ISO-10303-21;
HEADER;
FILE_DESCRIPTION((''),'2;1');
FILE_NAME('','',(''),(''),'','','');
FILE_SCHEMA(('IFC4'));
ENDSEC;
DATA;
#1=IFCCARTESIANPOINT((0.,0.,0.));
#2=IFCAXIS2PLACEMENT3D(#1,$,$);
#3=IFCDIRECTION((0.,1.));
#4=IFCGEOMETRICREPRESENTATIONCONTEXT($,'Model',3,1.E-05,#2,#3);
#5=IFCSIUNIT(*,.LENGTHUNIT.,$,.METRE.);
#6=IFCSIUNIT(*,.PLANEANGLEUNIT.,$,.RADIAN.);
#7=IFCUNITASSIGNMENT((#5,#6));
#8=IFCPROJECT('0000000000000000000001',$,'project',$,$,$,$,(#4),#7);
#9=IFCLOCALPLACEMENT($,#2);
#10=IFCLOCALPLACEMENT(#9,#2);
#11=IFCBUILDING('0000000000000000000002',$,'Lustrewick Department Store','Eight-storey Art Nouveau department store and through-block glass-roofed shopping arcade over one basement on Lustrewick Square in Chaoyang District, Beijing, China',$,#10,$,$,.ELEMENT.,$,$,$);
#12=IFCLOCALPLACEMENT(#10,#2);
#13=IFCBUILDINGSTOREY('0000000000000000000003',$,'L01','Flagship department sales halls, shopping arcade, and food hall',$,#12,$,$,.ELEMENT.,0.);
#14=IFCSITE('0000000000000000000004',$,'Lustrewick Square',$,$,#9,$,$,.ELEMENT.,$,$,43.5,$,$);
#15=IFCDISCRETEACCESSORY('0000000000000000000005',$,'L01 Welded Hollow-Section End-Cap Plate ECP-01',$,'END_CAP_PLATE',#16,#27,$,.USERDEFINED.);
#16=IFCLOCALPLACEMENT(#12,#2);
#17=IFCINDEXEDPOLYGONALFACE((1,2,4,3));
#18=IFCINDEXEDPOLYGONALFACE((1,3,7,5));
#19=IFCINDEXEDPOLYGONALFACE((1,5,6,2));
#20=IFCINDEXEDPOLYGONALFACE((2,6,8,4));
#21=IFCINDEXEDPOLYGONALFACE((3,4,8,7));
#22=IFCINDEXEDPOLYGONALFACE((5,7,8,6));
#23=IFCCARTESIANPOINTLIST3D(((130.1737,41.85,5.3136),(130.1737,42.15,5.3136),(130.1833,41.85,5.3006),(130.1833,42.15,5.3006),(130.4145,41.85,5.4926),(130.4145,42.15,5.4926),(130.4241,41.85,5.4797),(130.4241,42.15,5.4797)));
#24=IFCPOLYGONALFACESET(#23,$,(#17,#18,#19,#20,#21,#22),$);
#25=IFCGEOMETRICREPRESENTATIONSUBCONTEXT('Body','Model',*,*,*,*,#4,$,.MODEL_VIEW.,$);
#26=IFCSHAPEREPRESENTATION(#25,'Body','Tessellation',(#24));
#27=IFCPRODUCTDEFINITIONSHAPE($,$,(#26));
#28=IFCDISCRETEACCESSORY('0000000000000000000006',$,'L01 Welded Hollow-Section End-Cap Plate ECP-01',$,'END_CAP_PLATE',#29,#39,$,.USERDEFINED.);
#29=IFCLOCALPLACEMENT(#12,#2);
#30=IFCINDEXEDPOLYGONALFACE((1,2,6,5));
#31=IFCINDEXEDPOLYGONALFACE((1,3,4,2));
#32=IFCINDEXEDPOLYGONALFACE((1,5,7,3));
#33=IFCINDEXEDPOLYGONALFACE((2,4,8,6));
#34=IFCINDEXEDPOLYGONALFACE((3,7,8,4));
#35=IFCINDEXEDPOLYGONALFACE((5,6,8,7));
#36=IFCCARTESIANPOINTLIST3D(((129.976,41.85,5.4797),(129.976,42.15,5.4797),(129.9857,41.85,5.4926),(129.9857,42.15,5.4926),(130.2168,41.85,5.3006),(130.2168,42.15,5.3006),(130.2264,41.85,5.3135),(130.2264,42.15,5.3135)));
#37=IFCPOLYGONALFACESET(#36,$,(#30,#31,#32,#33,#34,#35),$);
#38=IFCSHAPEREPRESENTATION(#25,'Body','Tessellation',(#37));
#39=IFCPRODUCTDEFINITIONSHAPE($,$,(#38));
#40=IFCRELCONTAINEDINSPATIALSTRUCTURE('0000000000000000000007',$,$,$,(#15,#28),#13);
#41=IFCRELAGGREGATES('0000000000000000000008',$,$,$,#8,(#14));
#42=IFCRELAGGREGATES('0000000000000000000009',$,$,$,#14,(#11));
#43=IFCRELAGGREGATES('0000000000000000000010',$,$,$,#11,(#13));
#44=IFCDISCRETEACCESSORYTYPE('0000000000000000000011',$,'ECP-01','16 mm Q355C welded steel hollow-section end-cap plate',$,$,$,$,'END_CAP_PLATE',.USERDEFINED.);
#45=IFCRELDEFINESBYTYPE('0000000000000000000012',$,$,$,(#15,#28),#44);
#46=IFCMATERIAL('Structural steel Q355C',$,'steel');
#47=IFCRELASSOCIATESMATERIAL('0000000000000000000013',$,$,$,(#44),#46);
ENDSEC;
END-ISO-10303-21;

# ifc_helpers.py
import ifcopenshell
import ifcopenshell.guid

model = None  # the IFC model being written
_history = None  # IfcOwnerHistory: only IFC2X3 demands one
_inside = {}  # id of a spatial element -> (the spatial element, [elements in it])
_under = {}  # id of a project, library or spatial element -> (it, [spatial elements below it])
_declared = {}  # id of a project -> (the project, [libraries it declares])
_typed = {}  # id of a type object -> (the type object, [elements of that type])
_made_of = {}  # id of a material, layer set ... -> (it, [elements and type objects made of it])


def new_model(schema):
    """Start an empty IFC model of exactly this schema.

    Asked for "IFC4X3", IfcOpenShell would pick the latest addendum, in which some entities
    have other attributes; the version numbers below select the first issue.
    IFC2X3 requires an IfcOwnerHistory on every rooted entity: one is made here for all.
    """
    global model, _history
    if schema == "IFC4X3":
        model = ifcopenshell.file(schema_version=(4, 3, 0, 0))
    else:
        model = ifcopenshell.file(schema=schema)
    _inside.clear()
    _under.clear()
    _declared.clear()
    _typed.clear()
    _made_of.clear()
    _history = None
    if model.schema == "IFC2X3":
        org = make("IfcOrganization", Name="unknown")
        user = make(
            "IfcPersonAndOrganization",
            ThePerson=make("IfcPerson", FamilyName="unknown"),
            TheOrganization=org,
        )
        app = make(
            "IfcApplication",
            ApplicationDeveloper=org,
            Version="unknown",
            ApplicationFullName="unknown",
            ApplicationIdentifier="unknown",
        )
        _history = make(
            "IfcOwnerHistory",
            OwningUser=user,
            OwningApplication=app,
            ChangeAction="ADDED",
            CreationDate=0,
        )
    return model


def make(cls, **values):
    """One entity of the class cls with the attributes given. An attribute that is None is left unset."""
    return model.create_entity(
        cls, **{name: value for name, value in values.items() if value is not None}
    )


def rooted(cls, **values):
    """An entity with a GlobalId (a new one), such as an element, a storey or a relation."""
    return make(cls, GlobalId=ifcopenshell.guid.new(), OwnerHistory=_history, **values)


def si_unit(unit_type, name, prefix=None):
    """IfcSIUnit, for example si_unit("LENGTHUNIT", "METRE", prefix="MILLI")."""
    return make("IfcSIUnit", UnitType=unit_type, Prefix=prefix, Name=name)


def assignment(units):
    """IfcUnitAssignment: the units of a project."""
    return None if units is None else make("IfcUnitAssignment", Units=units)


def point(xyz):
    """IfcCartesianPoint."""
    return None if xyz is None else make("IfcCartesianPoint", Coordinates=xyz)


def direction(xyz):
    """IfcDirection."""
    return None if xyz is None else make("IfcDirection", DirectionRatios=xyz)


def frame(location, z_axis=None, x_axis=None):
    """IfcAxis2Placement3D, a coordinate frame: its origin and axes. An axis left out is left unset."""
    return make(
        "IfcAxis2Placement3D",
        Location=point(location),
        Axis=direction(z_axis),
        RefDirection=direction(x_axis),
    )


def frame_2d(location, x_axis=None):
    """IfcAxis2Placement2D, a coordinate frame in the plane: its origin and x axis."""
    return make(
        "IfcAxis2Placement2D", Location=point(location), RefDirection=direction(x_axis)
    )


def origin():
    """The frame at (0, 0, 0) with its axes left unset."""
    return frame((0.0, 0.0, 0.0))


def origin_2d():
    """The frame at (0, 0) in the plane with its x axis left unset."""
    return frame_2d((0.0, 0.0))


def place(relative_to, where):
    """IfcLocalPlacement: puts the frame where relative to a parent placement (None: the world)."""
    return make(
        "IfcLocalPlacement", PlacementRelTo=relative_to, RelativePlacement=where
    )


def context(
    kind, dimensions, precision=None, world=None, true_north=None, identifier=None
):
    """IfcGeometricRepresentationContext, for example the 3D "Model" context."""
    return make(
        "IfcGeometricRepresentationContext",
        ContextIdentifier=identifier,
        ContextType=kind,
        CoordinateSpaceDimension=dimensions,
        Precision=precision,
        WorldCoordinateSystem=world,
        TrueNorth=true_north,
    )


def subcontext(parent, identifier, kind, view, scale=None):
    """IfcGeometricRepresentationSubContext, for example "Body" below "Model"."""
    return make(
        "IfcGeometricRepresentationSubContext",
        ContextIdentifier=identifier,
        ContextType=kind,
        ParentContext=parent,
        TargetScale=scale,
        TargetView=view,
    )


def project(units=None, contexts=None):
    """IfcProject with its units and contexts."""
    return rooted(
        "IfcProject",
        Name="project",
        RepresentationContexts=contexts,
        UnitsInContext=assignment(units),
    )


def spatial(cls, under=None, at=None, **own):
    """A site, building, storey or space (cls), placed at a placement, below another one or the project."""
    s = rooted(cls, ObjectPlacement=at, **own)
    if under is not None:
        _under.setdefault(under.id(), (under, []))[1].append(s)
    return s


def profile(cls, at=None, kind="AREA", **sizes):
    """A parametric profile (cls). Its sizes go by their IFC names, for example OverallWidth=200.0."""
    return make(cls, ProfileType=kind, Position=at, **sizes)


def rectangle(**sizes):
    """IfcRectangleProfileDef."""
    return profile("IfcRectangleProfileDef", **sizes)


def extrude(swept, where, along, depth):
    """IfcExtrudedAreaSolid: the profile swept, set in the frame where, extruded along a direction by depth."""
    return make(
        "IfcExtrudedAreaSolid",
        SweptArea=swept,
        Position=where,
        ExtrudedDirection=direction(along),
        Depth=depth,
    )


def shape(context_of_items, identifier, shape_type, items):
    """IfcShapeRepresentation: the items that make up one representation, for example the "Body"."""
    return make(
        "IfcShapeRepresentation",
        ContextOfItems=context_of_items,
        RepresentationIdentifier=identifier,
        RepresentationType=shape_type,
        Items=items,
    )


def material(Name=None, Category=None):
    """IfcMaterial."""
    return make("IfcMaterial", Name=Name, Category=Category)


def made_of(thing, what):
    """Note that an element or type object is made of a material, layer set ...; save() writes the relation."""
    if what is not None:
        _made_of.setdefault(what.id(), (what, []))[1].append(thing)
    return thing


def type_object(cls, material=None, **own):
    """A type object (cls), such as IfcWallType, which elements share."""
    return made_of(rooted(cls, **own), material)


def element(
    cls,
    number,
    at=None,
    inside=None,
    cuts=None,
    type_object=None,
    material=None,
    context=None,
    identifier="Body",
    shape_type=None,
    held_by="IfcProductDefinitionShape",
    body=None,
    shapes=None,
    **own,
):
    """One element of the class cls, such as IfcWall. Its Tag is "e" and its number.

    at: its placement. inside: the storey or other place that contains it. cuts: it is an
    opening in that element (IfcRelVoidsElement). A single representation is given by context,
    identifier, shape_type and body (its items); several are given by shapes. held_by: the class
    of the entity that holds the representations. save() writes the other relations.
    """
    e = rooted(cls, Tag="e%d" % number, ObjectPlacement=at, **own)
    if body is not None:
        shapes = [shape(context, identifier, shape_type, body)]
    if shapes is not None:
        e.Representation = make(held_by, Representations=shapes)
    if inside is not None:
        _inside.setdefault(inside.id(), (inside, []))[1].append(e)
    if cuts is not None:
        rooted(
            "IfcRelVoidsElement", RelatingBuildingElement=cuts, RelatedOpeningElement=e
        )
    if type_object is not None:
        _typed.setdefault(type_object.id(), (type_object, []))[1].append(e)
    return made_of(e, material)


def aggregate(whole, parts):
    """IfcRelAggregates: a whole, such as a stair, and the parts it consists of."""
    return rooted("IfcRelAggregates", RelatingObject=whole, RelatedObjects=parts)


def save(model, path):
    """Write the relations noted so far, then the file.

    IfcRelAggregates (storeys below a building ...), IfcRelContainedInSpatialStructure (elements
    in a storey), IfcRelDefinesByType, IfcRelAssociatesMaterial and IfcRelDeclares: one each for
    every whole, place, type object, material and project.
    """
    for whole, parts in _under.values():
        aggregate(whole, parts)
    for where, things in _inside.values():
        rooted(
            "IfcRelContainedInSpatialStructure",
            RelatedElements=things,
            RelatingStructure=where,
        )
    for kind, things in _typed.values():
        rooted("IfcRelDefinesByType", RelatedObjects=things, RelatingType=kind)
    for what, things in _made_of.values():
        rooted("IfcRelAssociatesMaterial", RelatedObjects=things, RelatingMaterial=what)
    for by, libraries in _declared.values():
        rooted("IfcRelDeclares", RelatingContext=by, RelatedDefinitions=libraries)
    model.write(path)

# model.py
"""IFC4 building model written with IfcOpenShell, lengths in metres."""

from ifc_helpers import new_model, si_unit, direction, frame, origin, origin_2d, place, context, subcontext, project, spatial, rectangle, extrude, material, type_object, element, save


model = new_model("IFC4")

# Units and contexts
model_context = context("Model", 3, precision=1e-05, world=origin(), true_north=direction((0.0, 1.0)))
body_context = subcontext(model_context, "Body", "Model", "MODEL_VIEW")
ifc_project = project(units=[si_unit("LENGTHUNIT", "METRE"), si_unit("PLANEANGLEUNIT", "RADIAN")], contexts=[model_context])

# Site, building, storey
site_placement = place(None, origin())
site = spatial("IfcSite", under=ifc_project, at=site_placement, Name="Lustrewick Square", CompositionType="ELEMENT", RefElevation=43.5)
building_placement = place(site_placement, origin())
building = spatial("IfcBuilding", under=site, at=building_placement, Name="Lustrewick Department Store", Description="Eight-storey Art Nouveau department store and through-block glass-roofed shopping arcade over one basement on Lustrewick Square in Chaoyang District, Beijing, China", CompositionType="ELEMENT")
storey_placement = place(building_placement, origin())
storey = spatial("IfcBuildingStorey", under=building, at=storey_placement, Name="L01", Description="Flagship department sales halls, shopping arcade, and food hall", CompositionType="ELEMENT", Elevation=0.0)

# Shared definitions
ifc_material_1 = material(Name="Structural steel Q355C", Category="steel")

# Discrete accessories
discrete_accessory_type_1 = type_object("IfcDiscreteAccessoryType", Name="ECP-01", Description="16 mm Q355C welded steel hollow-section end-cap plate", ElementType="END_CAP_PLATE", PredefinedType="USERDEFINED", material=ifc_material_1)
for number, where, z_axis, x_axis, name in (
    (1, (130.3037, 42.0, 5.3901), (-0.596672, 0.0, 0.802485), (0.0, -1.0, 0.0), "L01 Welded Hollow-Section End-Cap Plate ECP-01"),
    (2, (130.0964, 42.0, 5.3901), (0.596696, 0.0, 0.802467), (0.0, 1.0, 0.0), "L01 Welded Hollow-Section End-Cap Plate ECP-01"),
):
    element("IfcDiscreteAccessory", number, at=place(storey_placement, frame(where, z_axis=z_axis, x_axis=x_axis)), inside=storey, type_object=discrete_accessory_type_1, Name=name, ObjectType="END_CAP_PLATE", PredefinedType="USERDEFINED", context=body_context, shape_type="SweptSolid", body=[
        extrude(rectangle(XDim=0.3, YDim=0.3, at=origin_2d()), origin(), (0.0, 0.0, 1.0), 0.0161),
    ])

save(model, "model.ifc")
